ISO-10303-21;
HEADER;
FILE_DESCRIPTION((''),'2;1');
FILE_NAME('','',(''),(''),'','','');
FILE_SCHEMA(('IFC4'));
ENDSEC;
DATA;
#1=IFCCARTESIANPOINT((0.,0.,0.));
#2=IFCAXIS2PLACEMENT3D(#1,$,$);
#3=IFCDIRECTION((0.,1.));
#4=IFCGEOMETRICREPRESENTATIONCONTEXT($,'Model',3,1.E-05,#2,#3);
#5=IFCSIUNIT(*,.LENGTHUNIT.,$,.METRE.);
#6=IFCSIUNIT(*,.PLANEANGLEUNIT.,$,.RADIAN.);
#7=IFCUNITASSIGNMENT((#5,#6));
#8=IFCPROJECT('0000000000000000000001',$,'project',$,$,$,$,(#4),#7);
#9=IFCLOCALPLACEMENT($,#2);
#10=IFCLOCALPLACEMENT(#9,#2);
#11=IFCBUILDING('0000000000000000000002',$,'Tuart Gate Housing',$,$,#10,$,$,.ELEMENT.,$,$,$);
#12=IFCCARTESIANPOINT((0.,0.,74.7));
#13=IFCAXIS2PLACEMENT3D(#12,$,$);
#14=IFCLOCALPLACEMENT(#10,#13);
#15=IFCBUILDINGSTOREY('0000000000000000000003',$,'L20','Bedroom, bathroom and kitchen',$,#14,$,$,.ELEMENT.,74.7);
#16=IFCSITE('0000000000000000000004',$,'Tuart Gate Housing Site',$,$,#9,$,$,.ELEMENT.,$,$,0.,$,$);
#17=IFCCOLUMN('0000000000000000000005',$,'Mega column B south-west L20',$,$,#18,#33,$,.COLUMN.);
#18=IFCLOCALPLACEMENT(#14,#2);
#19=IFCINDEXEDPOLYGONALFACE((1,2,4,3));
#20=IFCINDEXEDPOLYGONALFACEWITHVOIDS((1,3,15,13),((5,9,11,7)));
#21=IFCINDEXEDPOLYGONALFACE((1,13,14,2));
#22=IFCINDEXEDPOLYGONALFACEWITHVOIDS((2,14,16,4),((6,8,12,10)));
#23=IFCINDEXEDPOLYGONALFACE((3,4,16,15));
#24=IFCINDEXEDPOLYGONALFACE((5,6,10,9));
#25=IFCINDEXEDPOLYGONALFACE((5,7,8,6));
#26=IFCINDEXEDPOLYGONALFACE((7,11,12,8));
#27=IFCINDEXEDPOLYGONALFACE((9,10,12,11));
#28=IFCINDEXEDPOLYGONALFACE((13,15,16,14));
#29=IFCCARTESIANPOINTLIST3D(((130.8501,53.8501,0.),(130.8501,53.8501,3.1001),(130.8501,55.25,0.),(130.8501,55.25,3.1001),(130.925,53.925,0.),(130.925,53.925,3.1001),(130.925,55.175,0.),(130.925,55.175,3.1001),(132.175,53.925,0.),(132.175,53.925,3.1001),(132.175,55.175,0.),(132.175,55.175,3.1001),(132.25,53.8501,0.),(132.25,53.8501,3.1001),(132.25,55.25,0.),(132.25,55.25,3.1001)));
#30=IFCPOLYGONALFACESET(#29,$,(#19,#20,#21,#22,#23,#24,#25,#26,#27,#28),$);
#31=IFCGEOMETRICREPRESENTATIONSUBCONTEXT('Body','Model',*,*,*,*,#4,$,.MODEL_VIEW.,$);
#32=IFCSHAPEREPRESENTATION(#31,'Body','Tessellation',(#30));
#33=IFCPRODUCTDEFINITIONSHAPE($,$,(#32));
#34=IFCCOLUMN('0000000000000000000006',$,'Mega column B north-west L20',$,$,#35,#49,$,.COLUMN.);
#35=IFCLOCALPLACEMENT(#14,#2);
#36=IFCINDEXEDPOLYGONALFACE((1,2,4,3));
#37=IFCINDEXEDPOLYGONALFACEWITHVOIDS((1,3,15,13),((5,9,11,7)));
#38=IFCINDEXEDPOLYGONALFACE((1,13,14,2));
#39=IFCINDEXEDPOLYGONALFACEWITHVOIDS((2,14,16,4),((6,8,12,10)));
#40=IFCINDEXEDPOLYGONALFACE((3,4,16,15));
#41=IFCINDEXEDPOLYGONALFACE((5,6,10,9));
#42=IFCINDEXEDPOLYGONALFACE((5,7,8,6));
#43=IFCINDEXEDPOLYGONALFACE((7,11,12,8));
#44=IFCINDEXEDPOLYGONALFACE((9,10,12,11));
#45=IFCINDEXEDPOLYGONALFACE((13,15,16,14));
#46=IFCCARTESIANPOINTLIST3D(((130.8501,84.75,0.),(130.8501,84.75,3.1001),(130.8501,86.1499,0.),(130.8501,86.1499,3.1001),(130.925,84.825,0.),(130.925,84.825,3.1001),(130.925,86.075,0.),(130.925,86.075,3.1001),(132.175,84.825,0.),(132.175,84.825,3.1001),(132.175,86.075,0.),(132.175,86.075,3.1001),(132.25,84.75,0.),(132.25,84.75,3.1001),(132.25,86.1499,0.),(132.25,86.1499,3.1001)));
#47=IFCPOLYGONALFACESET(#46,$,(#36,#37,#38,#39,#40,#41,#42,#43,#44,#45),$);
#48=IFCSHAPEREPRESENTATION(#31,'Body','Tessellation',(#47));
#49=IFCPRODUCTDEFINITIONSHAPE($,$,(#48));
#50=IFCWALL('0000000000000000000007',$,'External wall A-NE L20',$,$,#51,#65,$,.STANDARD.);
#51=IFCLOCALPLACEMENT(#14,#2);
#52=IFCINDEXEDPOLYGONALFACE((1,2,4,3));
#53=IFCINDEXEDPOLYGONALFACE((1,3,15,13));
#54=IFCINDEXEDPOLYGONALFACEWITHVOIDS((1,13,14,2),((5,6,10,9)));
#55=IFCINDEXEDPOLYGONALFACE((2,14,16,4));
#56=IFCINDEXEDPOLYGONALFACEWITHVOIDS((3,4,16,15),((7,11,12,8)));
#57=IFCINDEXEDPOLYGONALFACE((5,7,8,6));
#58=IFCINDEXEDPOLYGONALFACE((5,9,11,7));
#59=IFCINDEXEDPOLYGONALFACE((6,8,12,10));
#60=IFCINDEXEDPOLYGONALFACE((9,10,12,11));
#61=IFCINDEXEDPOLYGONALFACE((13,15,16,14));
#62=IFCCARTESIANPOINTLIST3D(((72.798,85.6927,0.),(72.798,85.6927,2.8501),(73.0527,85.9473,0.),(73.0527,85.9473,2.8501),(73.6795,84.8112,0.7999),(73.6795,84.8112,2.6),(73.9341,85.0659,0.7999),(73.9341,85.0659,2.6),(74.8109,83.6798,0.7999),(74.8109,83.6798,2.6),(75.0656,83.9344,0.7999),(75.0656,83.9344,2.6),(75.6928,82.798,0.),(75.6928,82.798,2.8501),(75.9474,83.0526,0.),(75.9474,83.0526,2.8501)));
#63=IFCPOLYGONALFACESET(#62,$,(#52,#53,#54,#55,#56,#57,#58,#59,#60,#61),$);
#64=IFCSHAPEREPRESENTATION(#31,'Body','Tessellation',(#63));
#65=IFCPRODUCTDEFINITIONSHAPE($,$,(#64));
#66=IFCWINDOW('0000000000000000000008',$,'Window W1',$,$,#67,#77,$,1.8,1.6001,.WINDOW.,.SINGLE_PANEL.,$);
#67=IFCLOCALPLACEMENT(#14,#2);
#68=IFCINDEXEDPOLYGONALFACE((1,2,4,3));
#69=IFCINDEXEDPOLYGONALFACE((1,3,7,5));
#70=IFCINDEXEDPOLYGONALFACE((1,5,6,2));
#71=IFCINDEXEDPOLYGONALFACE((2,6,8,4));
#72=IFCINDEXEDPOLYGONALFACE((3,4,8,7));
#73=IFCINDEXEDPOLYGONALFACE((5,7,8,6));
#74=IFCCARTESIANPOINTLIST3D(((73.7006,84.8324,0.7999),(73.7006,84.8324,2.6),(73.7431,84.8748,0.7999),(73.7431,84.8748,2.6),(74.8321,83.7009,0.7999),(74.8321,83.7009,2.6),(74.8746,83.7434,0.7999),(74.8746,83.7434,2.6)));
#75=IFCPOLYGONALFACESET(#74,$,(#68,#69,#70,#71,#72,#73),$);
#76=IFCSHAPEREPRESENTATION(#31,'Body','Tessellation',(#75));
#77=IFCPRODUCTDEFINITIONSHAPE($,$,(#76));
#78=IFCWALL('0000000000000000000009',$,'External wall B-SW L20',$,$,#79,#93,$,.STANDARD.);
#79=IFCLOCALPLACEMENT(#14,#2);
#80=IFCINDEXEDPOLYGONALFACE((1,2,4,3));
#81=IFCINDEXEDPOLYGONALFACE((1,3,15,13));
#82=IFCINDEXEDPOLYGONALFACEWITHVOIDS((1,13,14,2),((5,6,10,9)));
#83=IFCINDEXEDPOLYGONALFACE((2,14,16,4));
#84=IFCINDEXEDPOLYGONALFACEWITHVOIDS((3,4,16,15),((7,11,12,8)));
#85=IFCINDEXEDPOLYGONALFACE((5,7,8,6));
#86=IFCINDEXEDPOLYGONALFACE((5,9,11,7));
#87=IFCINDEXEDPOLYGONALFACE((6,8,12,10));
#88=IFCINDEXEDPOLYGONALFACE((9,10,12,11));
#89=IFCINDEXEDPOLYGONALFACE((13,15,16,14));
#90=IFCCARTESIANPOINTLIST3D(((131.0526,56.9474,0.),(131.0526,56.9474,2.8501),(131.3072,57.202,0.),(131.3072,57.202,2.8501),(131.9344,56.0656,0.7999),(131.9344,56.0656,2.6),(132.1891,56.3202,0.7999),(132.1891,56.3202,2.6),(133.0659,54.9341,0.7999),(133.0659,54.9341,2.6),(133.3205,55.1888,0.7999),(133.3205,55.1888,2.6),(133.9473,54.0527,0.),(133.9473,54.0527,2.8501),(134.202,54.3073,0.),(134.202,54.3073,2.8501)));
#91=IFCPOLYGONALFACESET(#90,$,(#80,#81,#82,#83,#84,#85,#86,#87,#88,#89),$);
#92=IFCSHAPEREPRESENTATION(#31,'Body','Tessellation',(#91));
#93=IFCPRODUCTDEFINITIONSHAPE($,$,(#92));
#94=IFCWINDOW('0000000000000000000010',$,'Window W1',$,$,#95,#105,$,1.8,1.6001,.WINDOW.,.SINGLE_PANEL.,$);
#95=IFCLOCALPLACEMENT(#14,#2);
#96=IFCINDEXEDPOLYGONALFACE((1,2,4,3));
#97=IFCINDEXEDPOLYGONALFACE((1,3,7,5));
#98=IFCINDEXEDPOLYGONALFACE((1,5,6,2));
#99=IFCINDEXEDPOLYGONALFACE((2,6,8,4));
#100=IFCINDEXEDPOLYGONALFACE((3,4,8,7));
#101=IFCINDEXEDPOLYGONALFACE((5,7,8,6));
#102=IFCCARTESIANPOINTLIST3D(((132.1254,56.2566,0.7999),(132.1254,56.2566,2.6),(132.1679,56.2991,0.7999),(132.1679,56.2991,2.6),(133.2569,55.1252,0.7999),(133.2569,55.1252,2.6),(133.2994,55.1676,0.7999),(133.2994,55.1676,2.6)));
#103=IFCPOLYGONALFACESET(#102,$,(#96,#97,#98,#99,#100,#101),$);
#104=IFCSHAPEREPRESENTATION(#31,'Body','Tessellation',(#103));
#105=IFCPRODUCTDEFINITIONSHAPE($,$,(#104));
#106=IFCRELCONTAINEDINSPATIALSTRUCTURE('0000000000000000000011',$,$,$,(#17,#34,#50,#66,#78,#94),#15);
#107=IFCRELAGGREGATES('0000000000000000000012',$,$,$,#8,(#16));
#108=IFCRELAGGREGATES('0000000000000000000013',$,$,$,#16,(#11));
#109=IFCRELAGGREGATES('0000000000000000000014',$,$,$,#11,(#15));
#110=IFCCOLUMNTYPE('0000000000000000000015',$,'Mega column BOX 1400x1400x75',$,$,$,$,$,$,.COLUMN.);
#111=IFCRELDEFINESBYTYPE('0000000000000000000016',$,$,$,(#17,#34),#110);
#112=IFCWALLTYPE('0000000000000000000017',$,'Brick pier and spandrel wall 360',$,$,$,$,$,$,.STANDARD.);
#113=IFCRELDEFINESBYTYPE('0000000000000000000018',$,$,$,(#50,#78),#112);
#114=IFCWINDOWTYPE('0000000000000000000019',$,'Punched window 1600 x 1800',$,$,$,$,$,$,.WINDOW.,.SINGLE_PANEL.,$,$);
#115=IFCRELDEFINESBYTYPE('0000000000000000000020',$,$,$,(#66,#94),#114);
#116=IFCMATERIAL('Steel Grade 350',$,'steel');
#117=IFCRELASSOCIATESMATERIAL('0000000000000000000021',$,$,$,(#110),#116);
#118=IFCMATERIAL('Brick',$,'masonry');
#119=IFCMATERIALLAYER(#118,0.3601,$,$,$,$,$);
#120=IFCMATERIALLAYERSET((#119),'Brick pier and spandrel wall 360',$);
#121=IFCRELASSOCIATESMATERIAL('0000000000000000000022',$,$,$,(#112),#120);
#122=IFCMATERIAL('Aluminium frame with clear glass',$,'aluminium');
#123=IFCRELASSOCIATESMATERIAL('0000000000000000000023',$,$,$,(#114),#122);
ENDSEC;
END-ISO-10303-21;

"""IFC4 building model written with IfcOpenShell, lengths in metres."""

from ifc_helpers import new_model, si_unit, direction, frame, frame_2d, origin, origin_2d, place, context, subcontext, project, spatial, rectangle, hollow_rectangle, extrude, material, layer, layer_set, material_profile, profile_set, type_object, element, fill, save


model = new_model("IFC4")

# Units and contexts
model_context = context("Model", 3, precision=1e-05, world=origin(), true_north=direction((0.0, 1.0)))
body_context = subcontext(model_context, "Body", "Model", "MODEL_VIEW")
ifc_project = project(units=[si_unit("LENGTHUNIT", "METRE"), si_unit("PLANEANGLEUNIT", "RADIAN")], contexts=[model_context])

# Site, building, storey
site_placement = place(None, origin())
site = spatial("IfcSite", under=ifc_project, at=site_placement, Name="Tuart Gate Housing Site", CompositionType="ELEMENT", RefElevation=0.0)
building_placement = place(site_placement, origin())
building = spatial("IfcBuilding", under=site, at=building_placement, Name="Tuart Gate Housing", CompositionType="ELEMENT")
storey_placement = place(building_placement, frame((0.0, 0.0, 74.7)))
storey = spatial("IfcBuildingStorey", under=building, at=storey_placement, Name="L20", Description="Bedroom, bathroom and kitchen", CompositionType="ELEMENT", Elevation=74.7)

# Columns
ifc_material_1 = material(Name="Steel Grade 350", Category="steel")
ifc_material_profile = material_profile(ifc_material_1, hollow_rectangle(XDim=1.3999, YDim=1.3999, WallThickness=0.075, at=origin_2d()), Name="BOX 1400x1400x75")
ifc_profile_set = profile_set([ifc_material_profile], Name="Steel Grade 350")
column_type = type_object("IfcColumnType", Name="Mega column BOX 1400x1400x75", PredefinedType="COLUMN", material=ifc_profile_set)
for number, where, z_axis, x_axis, name in (
    (1, (131.55, 54.55, 0.0), (0.0, 0.0, 1.0), (1.0, 0.0, 0.0), "Mega column B south-west L20"),
    (2, (131.55, 85.45, 0.0), (0.0, 0.0, 1.0), (1.0, 0.0, 0.0), "Mega column B north-west L20"),
):
    element("IfcColumn", number, at=place(storey_placement, frame(where, z_axis=z_axis, x_axis=x_axis)), inside=storey, type_object=column_type, Name=name, PredefinedType="COLUMN", context=body_context, shape_type="SweptSolid", body=[
        extrude(hollow_rectangle(XDim=1.3999, YDim=1.3999, WallThickness=0.075, at=origin_2d()), origin(), (0.0, 0.0, 1.0), 3.1001),
    ])

# Walls, openings, windows
ifc_material_2 = material(Name="Brick", Category="masonry")
ifc_layer_1 = layer(ifc_material_2, 0.3601)
ifc_layer_set_1 = layer_set([ifc_layer_1], Name="Brick pier and spandrel wall 360")
wall_type_1 = type_object("IfcWallType", Name="Brick pier and spandrel wall 360", PredefinedType="STANDARD", material=ifc_layer_set_1)
wall_1_placement = place(storey_placement, frame((75.8201, 82.9253, 0.0), z_axis=(0.0, 0.0, 1.0), x_axis=(-0.707107, 0.707107, 0.0)))
wall_1 = element("IfcWall", 3, at=wall_1_placement, inside=storey, type_object=wall_type_1, Name="External wall A-NE L20", PredefinedType="STANDARD", context=body_context, shape_type="SweptSolid", body=[
    extrude(rectangle(XDim=4.0938, YDim=0.3601, at=frame_2d((2.0469, 0.0))), origin(), (0.0, 0.0, 1.0), 2.8501),
])
opening_1_placement = place(wall_1_placement, frame((1.2471, 0.0, 0.8)))
opening_1 = element("IfcOpeningElement", 4, at=opening_1_placement, cuts=wall_1, PredefinedType="OPENING", context=body_context, shape_type="SweptSolid", body=[
    extrude(rectangle(XDim=1.6001, YDim=1.8, at=frame_2d((0.8, 0.8999))), frame((0.0, 0.1899, 0.0), z_axis=(0.0, -1.0, 0.0), x_axis=(1.0, 0.0, 0.0)), (0.0, 0.0, 1.0), 0.3801),
])
ifc_material_3 = material(Name="Aluminium frame with clear glass", Category="aluminium")
window_type = type_object("IfcWindowType", Name="Punched window 1600 x 1800", PartitioningType="SINGLE_PANEL", PredefinedType="WINDOW", material=ifc_material_3)
window_1_placement = place(opening_1_placement, origin())
window_1 = element("IfcWindow", 5, at=window_1_placement, inside=storey, type_object=window_type, Name="Window W1", OverallHeight=1.8, OverallWidth=1.6001, PartitioningType="SINGLE_PANEL", PredefinedType="WINDOW", context=body_context, shape_type="SweptSolid", body=[
    extrude(rectangle(XDim=1.6001, YDim=1.8, at=frame_2d((0.8, 0.8999))), frame((0.0, 0.1501, 0.0), z_axis=(0.0, -1.0, 0.0), x_axis=(1.0, 0.0, 0.0)), (0.0, 0.0, 1.0), 0.0601),
])
fill(opening_1, window_1)
wall_2_placement = place(storey_placement, frame((131.1799, 57.0747, 0.0), z_axis=(0.0, 0.0, 1.0), x_axis=(0.707107, -0.707107, 0.0)))
wall_2 = element("IfcWall", 6, at=wall_2_placement, inside=storey, type_object=wall_type_1, Name="External wall B-SW L20", PredefinedType="STANDARD", context=body_context, shape_type="SweptSolid", body=[
    extrude(rectangle(XDim=4.0938, YDim=0.3601, at=frame_2d((2.0469, 0.0))), origin(), (0.0, 0.0, 1.0), 2.8501),
])
opening_2_placement = place(wall_2_placement, frame((1.2471, 0.0, 0.8)))
opening_2 = element("IfcOpeningElement", 7, at=opening_2_placement, cuts=wall_2, PredefinedType="OPENING", context=body_context, shape_type="SweptSolid", body=[
    extrude(rectangle(XDim=1.6001, YDim=1.8, at=frame_2d((0.8, 0.8999))), frame((0.0, 0.1899, 0.0), z_axis=(0.0, -1.0, 0.0), x_axis=(1.0, 0.0, 0.0)), (0.0, 0.0, 1.0), 0.3801),
])
window_2_placement = place(opening_2_placement, origin())
window_2 = element("IfcWindow", 8, at=window_2_placement, inside=storey, type_object=window_type, Name="Window W1", OverallHeight=1.8, OverallWidth=1.6001, PartitioningType="SINGLE_PANEL", PredefinedType="WINDOW", context=body_context, shape_type="SweptSolid", body=[
    extrude(rectangle(XDim=1.6001, YDim=1.8, at=frame_2d((0.8, 0.8999))), frame((0.0, 0.1501, 0.0), z_axis=(0.0, -1.0, 0.0), x_axis=(1.0, 0.0, 0.0)), (0.0, 0.0, 1.0), 0.0601),
])
fill(opening_2, window_2)

save(model, "model.ifc")
